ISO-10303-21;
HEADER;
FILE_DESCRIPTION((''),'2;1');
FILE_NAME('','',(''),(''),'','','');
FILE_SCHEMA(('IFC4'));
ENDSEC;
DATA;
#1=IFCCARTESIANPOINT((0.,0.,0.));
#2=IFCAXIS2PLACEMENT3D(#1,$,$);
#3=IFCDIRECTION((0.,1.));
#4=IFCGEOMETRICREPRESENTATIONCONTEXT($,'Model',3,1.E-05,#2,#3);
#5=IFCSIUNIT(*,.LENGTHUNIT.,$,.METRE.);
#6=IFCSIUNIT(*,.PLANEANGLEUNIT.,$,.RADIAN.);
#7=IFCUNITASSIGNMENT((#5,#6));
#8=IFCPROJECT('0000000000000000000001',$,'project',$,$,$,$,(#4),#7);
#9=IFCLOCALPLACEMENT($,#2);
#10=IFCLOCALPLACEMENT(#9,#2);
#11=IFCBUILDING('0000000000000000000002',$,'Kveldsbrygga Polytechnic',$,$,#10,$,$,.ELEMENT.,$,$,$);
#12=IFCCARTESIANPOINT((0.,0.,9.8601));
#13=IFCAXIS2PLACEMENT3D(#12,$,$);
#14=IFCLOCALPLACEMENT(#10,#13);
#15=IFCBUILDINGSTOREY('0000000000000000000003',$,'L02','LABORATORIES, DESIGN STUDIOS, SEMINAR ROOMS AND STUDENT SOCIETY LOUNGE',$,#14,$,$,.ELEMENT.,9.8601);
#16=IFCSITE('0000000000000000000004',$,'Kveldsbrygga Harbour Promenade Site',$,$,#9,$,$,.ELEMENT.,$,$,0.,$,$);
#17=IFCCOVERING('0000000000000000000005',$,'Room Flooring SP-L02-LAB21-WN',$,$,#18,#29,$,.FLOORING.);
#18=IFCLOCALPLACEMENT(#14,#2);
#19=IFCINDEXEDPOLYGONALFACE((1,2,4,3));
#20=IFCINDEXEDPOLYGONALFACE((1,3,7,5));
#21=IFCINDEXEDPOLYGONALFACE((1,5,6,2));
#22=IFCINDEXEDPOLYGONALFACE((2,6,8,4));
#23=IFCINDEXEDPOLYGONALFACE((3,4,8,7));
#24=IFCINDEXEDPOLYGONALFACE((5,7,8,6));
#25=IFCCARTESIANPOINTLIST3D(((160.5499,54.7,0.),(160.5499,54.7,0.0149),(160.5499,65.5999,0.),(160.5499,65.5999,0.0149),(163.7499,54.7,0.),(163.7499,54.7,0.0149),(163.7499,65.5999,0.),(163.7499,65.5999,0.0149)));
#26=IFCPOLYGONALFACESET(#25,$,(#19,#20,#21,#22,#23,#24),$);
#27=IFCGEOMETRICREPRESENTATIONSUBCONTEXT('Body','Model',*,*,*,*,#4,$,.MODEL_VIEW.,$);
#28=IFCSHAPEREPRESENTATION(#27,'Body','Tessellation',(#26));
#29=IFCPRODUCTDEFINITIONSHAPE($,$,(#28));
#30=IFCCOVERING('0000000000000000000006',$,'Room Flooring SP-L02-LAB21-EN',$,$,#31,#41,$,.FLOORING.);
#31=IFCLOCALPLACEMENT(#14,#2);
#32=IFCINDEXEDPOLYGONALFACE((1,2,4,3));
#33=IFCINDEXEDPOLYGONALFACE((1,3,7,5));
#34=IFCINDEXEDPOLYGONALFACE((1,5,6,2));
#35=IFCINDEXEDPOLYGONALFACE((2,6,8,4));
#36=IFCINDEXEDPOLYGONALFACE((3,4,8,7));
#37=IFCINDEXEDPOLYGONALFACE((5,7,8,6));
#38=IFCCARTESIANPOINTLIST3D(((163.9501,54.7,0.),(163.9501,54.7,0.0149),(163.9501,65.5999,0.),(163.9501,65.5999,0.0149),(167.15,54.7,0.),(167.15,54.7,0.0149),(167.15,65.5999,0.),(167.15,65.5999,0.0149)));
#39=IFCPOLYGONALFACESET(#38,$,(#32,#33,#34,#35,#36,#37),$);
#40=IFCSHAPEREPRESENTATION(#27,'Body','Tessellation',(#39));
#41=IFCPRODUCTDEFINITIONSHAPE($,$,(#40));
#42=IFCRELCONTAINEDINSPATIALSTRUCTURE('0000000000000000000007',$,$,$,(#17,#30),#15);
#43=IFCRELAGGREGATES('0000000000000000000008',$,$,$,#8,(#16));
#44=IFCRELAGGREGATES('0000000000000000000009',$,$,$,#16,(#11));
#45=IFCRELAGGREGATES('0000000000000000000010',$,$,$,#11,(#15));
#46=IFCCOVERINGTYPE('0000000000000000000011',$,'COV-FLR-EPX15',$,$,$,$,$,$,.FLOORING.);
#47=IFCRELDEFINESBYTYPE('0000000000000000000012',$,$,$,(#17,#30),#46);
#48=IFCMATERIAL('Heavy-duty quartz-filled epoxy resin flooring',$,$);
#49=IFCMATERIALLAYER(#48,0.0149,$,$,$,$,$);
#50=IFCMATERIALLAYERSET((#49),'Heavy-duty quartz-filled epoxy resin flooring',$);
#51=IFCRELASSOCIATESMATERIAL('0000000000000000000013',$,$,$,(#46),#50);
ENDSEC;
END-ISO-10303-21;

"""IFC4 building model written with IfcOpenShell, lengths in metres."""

from ifc_helpers import new_model, si_unit, direction, frame, origin, origin_2d, place, context, subcontext, project, spatial, rectangle, extrude, material, layer, layer_set, type_object, element, save


model = new_model("IFC4")

# Units and contexts
model_context = context("Model", 3, precision=1e-05, world=origin(), true_north=direction((0.0, 1.0)))
body_context = subcontext(model_context, "Body", "Model", "MODEL_VIEW")
ifc_project = project(units=[si_unit("LENGTHUNIT", "METRE"), si_unit("PLANEANGLEUNIT", "RADIAN")], contexts=[model_context])

# Site, building, storey
site_placement = place(None, origin())
site = spatial("IfcSite", under=ifc_project, at=site_placement, Name="Kveldsbrygga Harbour Promenade Site", CompositionType="ELEMENT", RefElevation=0.0)
building_placement = place(site_placement, origin())
building = spatial("IfcBuilding", under=site, at=building_placement, Name="Kveldsbrygga Polytechnic", CompositionType="ELEMENT")
storey_placement = place(building_placement, frame((0.0, 0.0, 9.8601)))
storey = spatial("IfcBuildingStorey", under=building, at=storey_placement, Name="L02", Description="LABORATORIES, DESIGN STUDIOS, SEMINAR ROOMS AND STUDENT SOCIETY LOUNGE", CompositionType="ELEMENT", Elevation=9.8601)

# Coverings
ifc_material_1 = material(Name="Heavy-duty quartz-filled epoxy resin flooring")
ifc_layer_1 = layer(ifc_material_1, 0.0149)
ifc_layer_set_1 = layer_set([ifc_layer_1], Name="Heavy-duty quartz-filled epoxy resin flooring")
covering_type_1 = type_object("IfcCoveringType", Name="COV-FLR-EPX15", PredefinedType="FLOORING", material=ifc_layer_set_1)
for number, where, z_axis, x_axis, name in (
    (1, (162.1499, 60.1499, 0.0), (0.0, 0.0, 1.0), (1.0, 0.0, 0.0), "Room Flooring SP-L02-LAB21-WN"),
    (2, (165.55, 60.1499, 0.0), (0.0, 0.0, 1.0), (1.0, 0.0, 0.0), "Room Flooring SP-L02-LAB21-EN"),
):
    element("IfcCovering", number, at=place(storey_placement, frame(where, z_axis=z_axis, x_axis=x_axis)), inside=storey, type_object=covering_type_1, Name=name, PredefinedType="FLOORING", context=body_context, shape_type="SweptSolid", body=[
        extrude(rectangle(XDim=3.2, YDim=10.8999, at=origin_2d()), origin(), (0.0, 0.0, 1.0), 0.0149),
    ])

save(model, "model.ifc")
